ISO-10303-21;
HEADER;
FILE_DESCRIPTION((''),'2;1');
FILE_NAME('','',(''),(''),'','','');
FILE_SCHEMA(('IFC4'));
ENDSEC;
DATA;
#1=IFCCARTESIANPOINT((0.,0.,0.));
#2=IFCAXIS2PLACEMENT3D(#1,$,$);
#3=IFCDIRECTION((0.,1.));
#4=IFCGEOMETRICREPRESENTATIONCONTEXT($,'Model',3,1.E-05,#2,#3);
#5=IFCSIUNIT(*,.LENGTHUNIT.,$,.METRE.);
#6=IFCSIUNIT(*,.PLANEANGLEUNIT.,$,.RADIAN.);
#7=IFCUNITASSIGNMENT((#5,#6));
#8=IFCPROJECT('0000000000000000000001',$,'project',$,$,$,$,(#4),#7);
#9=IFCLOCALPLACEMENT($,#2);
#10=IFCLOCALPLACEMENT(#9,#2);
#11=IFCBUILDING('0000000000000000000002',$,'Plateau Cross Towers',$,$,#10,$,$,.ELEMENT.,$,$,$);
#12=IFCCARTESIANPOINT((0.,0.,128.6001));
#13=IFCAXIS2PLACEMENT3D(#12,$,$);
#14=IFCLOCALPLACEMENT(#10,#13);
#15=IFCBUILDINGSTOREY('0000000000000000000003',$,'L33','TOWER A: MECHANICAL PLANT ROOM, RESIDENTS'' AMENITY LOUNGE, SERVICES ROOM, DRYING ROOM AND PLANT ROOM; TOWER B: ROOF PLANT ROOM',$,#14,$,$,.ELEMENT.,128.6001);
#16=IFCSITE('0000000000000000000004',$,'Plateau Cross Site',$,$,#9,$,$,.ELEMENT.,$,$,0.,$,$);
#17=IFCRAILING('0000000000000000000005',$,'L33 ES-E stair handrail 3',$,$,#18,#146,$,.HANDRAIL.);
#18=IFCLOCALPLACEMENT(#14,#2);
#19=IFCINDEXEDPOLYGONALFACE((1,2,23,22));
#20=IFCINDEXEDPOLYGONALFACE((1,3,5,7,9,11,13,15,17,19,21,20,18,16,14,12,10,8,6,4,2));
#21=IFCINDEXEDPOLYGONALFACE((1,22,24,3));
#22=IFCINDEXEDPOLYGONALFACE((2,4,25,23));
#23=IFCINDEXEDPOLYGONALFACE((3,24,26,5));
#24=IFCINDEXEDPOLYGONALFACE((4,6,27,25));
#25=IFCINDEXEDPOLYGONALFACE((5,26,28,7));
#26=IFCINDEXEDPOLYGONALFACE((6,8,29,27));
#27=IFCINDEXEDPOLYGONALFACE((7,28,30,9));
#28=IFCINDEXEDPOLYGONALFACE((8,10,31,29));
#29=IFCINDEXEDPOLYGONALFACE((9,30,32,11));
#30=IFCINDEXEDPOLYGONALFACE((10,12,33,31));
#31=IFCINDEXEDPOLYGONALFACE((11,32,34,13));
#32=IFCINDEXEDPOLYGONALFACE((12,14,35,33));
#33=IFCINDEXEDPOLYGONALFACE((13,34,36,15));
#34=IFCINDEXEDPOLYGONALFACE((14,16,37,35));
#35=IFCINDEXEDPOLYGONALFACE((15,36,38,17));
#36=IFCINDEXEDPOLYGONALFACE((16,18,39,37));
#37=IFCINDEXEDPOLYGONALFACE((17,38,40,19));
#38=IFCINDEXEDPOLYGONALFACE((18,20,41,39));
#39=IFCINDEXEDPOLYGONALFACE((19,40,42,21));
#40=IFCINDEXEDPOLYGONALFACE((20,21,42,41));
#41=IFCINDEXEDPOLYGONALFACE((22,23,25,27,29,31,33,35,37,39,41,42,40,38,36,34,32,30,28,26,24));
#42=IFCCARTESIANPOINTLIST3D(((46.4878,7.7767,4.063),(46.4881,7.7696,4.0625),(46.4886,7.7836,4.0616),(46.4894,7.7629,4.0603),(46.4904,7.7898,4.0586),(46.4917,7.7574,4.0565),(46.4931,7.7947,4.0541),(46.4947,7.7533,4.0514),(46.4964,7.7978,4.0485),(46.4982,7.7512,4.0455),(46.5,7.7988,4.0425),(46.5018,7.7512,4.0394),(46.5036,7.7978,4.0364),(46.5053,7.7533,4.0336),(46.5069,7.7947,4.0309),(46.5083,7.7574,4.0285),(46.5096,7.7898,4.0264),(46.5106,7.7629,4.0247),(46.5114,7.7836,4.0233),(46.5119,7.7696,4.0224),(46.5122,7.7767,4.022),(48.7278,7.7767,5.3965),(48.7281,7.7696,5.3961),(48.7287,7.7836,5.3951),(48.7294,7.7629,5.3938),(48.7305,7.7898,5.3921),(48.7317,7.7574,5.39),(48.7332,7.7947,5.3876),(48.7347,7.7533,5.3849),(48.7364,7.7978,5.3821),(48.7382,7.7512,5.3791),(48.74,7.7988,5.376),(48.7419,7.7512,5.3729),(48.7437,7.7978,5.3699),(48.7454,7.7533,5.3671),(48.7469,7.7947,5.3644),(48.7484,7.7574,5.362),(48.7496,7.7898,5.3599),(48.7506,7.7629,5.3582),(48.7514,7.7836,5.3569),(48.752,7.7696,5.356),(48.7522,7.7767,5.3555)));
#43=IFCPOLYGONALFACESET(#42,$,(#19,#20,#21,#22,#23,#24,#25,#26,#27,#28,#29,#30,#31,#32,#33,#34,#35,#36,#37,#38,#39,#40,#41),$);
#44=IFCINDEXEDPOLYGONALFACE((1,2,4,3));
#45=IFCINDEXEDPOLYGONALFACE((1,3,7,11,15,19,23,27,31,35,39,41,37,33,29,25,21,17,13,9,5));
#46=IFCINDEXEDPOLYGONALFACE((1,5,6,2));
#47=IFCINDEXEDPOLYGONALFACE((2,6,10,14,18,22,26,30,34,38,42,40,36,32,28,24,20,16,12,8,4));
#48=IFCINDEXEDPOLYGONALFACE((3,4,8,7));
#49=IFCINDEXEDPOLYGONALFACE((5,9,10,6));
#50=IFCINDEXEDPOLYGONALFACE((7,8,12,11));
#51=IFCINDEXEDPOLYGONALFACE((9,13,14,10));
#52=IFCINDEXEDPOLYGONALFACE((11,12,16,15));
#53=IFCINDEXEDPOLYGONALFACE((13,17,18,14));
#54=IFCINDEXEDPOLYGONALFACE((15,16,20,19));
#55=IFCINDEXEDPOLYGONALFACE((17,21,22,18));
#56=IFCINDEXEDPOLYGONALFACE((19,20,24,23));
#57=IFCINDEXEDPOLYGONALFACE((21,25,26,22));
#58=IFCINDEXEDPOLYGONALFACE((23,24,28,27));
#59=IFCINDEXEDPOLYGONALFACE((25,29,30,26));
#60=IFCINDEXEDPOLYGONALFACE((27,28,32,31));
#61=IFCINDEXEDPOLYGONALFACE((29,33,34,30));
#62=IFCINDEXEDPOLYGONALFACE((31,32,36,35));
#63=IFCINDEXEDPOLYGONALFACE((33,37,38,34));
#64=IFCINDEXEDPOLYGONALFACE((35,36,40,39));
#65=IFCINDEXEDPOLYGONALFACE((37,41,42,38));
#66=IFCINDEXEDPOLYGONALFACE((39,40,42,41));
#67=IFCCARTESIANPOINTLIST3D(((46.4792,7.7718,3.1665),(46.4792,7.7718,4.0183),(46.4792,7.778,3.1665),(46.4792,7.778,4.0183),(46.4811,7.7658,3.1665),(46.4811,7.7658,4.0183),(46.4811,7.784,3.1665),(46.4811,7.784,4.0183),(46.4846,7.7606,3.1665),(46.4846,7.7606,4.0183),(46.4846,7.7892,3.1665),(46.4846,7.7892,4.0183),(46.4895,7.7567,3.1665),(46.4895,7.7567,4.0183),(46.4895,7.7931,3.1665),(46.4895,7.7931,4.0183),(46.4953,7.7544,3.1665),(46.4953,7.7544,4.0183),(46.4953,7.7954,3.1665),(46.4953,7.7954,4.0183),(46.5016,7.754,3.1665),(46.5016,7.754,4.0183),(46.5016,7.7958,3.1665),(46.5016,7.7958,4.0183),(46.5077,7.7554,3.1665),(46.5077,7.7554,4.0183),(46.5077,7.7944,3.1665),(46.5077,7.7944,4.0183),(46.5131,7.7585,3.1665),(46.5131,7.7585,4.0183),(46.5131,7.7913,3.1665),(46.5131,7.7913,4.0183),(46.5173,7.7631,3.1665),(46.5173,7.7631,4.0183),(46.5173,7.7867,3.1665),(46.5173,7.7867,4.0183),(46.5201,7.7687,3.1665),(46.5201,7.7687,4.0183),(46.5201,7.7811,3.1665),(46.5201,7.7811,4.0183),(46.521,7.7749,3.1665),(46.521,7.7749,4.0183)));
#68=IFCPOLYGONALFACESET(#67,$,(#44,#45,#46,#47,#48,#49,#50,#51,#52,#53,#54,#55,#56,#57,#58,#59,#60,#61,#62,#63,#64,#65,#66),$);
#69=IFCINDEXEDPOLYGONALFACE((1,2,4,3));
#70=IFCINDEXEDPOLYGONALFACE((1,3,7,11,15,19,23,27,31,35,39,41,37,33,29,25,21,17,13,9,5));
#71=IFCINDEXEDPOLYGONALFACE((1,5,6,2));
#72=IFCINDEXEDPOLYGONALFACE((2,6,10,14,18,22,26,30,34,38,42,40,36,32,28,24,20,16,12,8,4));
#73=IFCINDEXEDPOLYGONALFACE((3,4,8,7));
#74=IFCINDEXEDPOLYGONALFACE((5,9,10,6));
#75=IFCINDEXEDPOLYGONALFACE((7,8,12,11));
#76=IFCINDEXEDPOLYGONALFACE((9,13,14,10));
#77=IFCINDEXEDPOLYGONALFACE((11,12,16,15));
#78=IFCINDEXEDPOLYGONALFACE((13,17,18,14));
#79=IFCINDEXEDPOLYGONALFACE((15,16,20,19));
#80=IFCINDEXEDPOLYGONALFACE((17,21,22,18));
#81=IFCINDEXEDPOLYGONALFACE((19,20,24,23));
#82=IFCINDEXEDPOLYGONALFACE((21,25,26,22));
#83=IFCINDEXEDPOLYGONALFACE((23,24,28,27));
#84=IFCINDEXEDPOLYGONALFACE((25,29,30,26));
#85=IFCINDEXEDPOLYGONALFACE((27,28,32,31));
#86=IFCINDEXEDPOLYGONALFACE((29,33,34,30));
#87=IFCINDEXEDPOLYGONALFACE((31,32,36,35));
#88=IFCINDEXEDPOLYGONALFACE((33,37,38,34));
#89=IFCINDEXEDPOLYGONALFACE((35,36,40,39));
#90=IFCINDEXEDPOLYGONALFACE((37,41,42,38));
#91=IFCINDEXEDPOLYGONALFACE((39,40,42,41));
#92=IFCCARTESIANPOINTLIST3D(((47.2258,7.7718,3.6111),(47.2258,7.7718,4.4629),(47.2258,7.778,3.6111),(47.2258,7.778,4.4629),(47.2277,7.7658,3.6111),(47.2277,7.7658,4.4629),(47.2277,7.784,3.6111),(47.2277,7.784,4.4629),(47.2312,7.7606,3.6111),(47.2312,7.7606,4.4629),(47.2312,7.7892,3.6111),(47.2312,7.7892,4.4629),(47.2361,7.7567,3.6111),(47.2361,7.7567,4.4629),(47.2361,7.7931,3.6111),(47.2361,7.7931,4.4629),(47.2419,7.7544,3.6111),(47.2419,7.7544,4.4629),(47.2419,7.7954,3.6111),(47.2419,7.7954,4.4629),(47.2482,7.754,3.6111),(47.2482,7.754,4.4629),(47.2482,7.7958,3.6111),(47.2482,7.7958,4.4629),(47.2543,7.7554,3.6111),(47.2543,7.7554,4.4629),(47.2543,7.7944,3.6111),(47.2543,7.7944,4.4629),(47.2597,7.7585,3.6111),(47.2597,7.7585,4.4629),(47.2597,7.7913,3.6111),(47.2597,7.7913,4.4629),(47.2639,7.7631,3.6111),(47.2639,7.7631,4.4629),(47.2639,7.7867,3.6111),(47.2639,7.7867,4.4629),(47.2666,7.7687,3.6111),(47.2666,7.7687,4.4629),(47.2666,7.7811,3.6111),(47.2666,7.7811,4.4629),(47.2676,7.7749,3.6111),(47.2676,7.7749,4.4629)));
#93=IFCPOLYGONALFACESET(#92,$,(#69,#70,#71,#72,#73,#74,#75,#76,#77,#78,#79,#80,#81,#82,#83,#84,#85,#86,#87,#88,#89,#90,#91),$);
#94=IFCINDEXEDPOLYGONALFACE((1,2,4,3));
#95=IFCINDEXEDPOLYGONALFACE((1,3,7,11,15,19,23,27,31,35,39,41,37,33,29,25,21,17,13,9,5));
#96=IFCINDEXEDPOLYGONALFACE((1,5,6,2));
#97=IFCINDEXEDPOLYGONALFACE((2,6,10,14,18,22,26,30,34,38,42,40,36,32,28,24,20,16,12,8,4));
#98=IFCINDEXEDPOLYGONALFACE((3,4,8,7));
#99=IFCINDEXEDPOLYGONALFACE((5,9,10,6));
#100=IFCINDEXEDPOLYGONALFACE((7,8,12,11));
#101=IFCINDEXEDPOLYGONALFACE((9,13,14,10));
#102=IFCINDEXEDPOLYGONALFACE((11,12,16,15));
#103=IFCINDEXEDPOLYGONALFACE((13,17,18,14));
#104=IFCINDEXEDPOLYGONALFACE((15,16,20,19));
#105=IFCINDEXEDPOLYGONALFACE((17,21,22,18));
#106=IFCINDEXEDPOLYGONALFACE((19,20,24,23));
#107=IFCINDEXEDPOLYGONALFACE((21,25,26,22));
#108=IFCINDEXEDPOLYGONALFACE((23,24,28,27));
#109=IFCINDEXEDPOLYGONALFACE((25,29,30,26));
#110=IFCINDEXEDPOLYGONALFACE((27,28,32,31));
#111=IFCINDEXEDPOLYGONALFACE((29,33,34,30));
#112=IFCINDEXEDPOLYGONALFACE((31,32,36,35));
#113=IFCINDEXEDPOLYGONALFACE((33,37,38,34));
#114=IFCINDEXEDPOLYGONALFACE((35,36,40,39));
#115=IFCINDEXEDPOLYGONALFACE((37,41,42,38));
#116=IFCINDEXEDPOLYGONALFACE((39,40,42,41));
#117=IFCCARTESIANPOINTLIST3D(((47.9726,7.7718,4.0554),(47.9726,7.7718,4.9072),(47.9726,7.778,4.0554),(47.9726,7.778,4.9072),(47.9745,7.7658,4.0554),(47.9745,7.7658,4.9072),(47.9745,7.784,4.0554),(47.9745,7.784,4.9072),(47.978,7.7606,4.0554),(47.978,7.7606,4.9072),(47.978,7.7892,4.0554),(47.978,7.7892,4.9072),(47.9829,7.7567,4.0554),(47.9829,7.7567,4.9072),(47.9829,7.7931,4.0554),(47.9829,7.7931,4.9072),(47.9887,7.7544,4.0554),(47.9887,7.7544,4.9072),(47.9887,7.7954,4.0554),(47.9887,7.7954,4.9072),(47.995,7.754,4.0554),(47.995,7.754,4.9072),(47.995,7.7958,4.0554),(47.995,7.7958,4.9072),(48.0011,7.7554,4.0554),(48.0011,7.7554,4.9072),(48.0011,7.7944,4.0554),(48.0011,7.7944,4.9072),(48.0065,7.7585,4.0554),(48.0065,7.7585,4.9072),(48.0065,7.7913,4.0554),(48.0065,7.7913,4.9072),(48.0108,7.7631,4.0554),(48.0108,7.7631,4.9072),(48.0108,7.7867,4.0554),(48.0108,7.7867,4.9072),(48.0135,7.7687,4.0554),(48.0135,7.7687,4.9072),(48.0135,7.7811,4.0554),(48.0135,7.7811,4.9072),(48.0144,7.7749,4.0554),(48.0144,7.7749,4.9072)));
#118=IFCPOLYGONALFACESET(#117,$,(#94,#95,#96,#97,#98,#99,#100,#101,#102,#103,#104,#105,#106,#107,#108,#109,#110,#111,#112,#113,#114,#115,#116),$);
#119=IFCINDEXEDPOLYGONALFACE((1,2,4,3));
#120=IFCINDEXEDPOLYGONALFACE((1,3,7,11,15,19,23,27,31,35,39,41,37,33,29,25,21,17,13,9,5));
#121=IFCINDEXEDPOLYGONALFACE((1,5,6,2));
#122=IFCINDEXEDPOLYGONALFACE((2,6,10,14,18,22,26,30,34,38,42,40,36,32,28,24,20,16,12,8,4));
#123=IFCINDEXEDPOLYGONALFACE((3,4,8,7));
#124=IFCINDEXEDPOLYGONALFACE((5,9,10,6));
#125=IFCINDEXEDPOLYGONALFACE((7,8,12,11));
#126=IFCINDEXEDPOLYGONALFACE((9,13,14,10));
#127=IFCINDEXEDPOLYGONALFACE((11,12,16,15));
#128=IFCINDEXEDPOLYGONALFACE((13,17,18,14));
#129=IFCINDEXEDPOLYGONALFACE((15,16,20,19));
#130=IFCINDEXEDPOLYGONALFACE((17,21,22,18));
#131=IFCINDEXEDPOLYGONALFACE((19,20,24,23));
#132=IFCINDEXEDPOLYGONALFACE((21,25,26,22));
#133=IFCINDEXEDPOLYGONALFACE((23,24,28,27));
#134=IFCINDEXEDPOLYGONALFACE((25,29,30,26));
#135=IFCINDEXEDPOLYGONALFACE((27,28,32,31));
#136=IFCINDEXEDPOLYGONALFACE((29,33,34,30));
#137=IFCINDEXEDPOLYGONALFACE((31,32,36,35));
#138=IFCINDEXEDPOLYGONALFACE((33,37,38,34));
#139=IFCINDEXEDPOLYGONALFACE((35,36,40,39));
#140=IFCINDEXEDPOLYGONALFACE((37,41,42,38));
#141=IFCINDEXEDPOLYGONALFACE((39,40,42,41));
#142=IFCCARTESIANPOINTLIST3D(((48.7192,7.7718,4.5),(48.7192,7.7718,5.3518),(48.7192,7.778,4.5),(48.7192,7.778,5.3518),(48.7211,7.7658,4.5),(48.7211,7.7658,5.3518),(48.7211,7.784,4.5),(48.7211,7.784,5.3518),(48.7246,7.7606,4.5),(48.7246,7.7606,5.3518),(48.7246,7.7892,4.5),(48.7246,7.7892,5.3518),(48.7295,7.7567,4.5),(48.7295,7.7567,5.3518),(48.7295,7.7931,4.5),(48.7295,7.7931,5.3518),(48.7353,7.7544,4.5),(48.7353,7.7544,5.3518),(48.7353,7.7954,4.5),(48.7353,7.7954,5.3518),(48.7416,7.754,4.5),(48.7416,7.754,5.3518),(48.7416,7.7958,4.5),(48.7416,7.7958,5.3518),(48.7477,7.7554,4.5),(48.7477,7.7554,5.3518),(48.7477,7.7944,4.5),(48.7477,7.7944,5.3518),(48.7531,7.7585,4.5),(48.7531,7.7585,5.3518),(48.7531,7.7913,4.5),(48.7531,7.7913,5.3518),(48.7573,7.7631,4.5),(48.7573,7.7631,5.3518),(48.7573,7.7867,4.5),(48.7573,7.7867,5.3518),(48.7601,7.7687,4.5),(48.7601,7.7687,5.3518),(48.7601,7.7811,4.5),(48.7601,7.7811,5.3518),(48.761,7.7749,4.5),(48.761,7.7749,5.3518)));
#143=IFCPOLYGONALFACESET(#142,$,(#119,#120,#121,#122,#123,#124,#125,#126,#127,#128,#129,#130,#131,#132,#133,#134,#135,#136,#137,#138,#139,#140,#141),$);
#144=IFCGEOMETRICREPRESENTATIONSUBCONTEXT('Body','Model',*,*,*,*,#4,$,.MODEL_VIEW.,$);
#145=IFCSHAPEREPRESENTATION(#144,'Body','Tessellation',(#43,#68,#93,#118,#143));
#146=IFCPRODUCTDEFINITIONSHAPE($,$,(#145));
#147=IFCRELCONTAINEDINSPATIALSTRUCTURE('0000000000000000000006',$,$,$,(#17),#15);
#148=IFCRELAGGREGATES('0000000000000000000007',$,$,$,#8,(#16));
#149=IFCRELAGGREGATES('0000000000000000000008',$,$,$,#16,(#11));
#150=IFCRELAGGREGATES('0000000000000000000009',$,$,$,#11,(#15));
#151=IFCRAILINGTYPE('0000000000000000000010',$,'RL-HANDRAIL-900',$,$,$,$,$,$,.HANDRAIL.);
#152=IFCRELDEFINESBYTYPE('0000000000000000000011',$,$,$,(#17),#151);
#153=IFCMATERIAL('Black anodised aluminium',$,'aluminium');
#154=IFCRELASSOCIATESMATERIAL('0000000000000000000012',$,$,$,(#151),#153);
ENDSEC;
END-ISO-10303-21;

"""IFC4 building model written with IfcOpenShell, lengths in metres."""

from ifc_helpers import new_model, si_unit, direction, frame, origin, origin_2d, place, context, subcontext, project, spatial, circle, extrude, material, type_object, element, save


model = new_model("IFC4")

# Units and contexts
model_context = context("Model", 3, precision=1e-05, world=origin(), true_north=direction((0.0, 1.0)))
body_context = subcontext(model_context, "Body", "Model", "MODEL_VIEW")
ifc_project = project(units=[si_unit("LENGTHUNIT", "METRE"), si_unit("PLANEANGLEUNIT", "RADIAN")], contexts=[model_context])

# Site, building, storey
site_placement = place(None, origin())
site = spatial("IfcSite", under=ifc_project, at=site_placement, Name="Plateau Cross Site", CompositionType="ELEMENT", RefElevation=0.0)
building_placement = place(site_placement, origin())
building = spatial("IfcBuilding", under=site, at=building_placement, Name="Plateau Cross Towers", CompositionType="ELEMENT")
storey_placement = place(building_placement, frame((0.0, 0.0, 128.6001)))
storey = spatial("IfcBuildingStorey", under=building, at=storey_placement, Name="L33", Description="TOWER A: MECHANICAL PLANT ROOM, RESIDENTS' AMENITY LOUNGE, SERVICES ROOM, DRYING ROOM AND PLANT ROOM; TOWER B: ROOF PLANT ROOM", CompositionType="ELEMENT", Elevation=128.6001)

# Shared definitions
ifc_material_1 = material(Name="Black anodised aluminium", Category="aluminium")

# Railing
railing_type_1 = type_object("IfcRailingType", Name="RL-HANDRAIL-900", PredefinedType="HANDRAIL", material=ifc_material_1)
for number, where, name in (
    (1, (46.5, 7.7749, 3.1665), "L33 ES-E stair handrail 3"),
):
    element("IfcRailing", number, at=place(storey_placement, frame(where)), inside=storey, type_object=railing_type_1, Name=name, PredefinedType="HANDRAIL", context=body_context, shape_type="SweptSolid", body=[
        extrude(circle(Radius=0.0239, at=origin_2d()), frame((0.0, 0.0, 0.876), z_axis=(0.859264, 0.0, 0.511532), x_axis=(0.0, 1.0, 0.0)), (0.0, 0.0, 1.0), 2.6069),
        extrude(circle(Radius=0.021, at=origin_2d()), origin(), (0.0, 0.0, 1.0), 0.8518),
        extrude(circle(Radius=0.021, at=origin_2d()), frame((0.7466, 0.0, 0.4446)), (0.0, 0.0, 1.0), 0.8518),
        extrude(circle(Radius=0.021, at=origin_2d()), frame((1.4934, 0.0, 0.8889)), (0.0, 0.0, 1.0), 0.8518),
        extrude(circle(Radius=0.021, at=origin_2d()), frame((2.24, 0.0, 1.3335)), (0.0, 0.0, 1.0), 0.8518),
    ])

save(model, "model.ifc")
